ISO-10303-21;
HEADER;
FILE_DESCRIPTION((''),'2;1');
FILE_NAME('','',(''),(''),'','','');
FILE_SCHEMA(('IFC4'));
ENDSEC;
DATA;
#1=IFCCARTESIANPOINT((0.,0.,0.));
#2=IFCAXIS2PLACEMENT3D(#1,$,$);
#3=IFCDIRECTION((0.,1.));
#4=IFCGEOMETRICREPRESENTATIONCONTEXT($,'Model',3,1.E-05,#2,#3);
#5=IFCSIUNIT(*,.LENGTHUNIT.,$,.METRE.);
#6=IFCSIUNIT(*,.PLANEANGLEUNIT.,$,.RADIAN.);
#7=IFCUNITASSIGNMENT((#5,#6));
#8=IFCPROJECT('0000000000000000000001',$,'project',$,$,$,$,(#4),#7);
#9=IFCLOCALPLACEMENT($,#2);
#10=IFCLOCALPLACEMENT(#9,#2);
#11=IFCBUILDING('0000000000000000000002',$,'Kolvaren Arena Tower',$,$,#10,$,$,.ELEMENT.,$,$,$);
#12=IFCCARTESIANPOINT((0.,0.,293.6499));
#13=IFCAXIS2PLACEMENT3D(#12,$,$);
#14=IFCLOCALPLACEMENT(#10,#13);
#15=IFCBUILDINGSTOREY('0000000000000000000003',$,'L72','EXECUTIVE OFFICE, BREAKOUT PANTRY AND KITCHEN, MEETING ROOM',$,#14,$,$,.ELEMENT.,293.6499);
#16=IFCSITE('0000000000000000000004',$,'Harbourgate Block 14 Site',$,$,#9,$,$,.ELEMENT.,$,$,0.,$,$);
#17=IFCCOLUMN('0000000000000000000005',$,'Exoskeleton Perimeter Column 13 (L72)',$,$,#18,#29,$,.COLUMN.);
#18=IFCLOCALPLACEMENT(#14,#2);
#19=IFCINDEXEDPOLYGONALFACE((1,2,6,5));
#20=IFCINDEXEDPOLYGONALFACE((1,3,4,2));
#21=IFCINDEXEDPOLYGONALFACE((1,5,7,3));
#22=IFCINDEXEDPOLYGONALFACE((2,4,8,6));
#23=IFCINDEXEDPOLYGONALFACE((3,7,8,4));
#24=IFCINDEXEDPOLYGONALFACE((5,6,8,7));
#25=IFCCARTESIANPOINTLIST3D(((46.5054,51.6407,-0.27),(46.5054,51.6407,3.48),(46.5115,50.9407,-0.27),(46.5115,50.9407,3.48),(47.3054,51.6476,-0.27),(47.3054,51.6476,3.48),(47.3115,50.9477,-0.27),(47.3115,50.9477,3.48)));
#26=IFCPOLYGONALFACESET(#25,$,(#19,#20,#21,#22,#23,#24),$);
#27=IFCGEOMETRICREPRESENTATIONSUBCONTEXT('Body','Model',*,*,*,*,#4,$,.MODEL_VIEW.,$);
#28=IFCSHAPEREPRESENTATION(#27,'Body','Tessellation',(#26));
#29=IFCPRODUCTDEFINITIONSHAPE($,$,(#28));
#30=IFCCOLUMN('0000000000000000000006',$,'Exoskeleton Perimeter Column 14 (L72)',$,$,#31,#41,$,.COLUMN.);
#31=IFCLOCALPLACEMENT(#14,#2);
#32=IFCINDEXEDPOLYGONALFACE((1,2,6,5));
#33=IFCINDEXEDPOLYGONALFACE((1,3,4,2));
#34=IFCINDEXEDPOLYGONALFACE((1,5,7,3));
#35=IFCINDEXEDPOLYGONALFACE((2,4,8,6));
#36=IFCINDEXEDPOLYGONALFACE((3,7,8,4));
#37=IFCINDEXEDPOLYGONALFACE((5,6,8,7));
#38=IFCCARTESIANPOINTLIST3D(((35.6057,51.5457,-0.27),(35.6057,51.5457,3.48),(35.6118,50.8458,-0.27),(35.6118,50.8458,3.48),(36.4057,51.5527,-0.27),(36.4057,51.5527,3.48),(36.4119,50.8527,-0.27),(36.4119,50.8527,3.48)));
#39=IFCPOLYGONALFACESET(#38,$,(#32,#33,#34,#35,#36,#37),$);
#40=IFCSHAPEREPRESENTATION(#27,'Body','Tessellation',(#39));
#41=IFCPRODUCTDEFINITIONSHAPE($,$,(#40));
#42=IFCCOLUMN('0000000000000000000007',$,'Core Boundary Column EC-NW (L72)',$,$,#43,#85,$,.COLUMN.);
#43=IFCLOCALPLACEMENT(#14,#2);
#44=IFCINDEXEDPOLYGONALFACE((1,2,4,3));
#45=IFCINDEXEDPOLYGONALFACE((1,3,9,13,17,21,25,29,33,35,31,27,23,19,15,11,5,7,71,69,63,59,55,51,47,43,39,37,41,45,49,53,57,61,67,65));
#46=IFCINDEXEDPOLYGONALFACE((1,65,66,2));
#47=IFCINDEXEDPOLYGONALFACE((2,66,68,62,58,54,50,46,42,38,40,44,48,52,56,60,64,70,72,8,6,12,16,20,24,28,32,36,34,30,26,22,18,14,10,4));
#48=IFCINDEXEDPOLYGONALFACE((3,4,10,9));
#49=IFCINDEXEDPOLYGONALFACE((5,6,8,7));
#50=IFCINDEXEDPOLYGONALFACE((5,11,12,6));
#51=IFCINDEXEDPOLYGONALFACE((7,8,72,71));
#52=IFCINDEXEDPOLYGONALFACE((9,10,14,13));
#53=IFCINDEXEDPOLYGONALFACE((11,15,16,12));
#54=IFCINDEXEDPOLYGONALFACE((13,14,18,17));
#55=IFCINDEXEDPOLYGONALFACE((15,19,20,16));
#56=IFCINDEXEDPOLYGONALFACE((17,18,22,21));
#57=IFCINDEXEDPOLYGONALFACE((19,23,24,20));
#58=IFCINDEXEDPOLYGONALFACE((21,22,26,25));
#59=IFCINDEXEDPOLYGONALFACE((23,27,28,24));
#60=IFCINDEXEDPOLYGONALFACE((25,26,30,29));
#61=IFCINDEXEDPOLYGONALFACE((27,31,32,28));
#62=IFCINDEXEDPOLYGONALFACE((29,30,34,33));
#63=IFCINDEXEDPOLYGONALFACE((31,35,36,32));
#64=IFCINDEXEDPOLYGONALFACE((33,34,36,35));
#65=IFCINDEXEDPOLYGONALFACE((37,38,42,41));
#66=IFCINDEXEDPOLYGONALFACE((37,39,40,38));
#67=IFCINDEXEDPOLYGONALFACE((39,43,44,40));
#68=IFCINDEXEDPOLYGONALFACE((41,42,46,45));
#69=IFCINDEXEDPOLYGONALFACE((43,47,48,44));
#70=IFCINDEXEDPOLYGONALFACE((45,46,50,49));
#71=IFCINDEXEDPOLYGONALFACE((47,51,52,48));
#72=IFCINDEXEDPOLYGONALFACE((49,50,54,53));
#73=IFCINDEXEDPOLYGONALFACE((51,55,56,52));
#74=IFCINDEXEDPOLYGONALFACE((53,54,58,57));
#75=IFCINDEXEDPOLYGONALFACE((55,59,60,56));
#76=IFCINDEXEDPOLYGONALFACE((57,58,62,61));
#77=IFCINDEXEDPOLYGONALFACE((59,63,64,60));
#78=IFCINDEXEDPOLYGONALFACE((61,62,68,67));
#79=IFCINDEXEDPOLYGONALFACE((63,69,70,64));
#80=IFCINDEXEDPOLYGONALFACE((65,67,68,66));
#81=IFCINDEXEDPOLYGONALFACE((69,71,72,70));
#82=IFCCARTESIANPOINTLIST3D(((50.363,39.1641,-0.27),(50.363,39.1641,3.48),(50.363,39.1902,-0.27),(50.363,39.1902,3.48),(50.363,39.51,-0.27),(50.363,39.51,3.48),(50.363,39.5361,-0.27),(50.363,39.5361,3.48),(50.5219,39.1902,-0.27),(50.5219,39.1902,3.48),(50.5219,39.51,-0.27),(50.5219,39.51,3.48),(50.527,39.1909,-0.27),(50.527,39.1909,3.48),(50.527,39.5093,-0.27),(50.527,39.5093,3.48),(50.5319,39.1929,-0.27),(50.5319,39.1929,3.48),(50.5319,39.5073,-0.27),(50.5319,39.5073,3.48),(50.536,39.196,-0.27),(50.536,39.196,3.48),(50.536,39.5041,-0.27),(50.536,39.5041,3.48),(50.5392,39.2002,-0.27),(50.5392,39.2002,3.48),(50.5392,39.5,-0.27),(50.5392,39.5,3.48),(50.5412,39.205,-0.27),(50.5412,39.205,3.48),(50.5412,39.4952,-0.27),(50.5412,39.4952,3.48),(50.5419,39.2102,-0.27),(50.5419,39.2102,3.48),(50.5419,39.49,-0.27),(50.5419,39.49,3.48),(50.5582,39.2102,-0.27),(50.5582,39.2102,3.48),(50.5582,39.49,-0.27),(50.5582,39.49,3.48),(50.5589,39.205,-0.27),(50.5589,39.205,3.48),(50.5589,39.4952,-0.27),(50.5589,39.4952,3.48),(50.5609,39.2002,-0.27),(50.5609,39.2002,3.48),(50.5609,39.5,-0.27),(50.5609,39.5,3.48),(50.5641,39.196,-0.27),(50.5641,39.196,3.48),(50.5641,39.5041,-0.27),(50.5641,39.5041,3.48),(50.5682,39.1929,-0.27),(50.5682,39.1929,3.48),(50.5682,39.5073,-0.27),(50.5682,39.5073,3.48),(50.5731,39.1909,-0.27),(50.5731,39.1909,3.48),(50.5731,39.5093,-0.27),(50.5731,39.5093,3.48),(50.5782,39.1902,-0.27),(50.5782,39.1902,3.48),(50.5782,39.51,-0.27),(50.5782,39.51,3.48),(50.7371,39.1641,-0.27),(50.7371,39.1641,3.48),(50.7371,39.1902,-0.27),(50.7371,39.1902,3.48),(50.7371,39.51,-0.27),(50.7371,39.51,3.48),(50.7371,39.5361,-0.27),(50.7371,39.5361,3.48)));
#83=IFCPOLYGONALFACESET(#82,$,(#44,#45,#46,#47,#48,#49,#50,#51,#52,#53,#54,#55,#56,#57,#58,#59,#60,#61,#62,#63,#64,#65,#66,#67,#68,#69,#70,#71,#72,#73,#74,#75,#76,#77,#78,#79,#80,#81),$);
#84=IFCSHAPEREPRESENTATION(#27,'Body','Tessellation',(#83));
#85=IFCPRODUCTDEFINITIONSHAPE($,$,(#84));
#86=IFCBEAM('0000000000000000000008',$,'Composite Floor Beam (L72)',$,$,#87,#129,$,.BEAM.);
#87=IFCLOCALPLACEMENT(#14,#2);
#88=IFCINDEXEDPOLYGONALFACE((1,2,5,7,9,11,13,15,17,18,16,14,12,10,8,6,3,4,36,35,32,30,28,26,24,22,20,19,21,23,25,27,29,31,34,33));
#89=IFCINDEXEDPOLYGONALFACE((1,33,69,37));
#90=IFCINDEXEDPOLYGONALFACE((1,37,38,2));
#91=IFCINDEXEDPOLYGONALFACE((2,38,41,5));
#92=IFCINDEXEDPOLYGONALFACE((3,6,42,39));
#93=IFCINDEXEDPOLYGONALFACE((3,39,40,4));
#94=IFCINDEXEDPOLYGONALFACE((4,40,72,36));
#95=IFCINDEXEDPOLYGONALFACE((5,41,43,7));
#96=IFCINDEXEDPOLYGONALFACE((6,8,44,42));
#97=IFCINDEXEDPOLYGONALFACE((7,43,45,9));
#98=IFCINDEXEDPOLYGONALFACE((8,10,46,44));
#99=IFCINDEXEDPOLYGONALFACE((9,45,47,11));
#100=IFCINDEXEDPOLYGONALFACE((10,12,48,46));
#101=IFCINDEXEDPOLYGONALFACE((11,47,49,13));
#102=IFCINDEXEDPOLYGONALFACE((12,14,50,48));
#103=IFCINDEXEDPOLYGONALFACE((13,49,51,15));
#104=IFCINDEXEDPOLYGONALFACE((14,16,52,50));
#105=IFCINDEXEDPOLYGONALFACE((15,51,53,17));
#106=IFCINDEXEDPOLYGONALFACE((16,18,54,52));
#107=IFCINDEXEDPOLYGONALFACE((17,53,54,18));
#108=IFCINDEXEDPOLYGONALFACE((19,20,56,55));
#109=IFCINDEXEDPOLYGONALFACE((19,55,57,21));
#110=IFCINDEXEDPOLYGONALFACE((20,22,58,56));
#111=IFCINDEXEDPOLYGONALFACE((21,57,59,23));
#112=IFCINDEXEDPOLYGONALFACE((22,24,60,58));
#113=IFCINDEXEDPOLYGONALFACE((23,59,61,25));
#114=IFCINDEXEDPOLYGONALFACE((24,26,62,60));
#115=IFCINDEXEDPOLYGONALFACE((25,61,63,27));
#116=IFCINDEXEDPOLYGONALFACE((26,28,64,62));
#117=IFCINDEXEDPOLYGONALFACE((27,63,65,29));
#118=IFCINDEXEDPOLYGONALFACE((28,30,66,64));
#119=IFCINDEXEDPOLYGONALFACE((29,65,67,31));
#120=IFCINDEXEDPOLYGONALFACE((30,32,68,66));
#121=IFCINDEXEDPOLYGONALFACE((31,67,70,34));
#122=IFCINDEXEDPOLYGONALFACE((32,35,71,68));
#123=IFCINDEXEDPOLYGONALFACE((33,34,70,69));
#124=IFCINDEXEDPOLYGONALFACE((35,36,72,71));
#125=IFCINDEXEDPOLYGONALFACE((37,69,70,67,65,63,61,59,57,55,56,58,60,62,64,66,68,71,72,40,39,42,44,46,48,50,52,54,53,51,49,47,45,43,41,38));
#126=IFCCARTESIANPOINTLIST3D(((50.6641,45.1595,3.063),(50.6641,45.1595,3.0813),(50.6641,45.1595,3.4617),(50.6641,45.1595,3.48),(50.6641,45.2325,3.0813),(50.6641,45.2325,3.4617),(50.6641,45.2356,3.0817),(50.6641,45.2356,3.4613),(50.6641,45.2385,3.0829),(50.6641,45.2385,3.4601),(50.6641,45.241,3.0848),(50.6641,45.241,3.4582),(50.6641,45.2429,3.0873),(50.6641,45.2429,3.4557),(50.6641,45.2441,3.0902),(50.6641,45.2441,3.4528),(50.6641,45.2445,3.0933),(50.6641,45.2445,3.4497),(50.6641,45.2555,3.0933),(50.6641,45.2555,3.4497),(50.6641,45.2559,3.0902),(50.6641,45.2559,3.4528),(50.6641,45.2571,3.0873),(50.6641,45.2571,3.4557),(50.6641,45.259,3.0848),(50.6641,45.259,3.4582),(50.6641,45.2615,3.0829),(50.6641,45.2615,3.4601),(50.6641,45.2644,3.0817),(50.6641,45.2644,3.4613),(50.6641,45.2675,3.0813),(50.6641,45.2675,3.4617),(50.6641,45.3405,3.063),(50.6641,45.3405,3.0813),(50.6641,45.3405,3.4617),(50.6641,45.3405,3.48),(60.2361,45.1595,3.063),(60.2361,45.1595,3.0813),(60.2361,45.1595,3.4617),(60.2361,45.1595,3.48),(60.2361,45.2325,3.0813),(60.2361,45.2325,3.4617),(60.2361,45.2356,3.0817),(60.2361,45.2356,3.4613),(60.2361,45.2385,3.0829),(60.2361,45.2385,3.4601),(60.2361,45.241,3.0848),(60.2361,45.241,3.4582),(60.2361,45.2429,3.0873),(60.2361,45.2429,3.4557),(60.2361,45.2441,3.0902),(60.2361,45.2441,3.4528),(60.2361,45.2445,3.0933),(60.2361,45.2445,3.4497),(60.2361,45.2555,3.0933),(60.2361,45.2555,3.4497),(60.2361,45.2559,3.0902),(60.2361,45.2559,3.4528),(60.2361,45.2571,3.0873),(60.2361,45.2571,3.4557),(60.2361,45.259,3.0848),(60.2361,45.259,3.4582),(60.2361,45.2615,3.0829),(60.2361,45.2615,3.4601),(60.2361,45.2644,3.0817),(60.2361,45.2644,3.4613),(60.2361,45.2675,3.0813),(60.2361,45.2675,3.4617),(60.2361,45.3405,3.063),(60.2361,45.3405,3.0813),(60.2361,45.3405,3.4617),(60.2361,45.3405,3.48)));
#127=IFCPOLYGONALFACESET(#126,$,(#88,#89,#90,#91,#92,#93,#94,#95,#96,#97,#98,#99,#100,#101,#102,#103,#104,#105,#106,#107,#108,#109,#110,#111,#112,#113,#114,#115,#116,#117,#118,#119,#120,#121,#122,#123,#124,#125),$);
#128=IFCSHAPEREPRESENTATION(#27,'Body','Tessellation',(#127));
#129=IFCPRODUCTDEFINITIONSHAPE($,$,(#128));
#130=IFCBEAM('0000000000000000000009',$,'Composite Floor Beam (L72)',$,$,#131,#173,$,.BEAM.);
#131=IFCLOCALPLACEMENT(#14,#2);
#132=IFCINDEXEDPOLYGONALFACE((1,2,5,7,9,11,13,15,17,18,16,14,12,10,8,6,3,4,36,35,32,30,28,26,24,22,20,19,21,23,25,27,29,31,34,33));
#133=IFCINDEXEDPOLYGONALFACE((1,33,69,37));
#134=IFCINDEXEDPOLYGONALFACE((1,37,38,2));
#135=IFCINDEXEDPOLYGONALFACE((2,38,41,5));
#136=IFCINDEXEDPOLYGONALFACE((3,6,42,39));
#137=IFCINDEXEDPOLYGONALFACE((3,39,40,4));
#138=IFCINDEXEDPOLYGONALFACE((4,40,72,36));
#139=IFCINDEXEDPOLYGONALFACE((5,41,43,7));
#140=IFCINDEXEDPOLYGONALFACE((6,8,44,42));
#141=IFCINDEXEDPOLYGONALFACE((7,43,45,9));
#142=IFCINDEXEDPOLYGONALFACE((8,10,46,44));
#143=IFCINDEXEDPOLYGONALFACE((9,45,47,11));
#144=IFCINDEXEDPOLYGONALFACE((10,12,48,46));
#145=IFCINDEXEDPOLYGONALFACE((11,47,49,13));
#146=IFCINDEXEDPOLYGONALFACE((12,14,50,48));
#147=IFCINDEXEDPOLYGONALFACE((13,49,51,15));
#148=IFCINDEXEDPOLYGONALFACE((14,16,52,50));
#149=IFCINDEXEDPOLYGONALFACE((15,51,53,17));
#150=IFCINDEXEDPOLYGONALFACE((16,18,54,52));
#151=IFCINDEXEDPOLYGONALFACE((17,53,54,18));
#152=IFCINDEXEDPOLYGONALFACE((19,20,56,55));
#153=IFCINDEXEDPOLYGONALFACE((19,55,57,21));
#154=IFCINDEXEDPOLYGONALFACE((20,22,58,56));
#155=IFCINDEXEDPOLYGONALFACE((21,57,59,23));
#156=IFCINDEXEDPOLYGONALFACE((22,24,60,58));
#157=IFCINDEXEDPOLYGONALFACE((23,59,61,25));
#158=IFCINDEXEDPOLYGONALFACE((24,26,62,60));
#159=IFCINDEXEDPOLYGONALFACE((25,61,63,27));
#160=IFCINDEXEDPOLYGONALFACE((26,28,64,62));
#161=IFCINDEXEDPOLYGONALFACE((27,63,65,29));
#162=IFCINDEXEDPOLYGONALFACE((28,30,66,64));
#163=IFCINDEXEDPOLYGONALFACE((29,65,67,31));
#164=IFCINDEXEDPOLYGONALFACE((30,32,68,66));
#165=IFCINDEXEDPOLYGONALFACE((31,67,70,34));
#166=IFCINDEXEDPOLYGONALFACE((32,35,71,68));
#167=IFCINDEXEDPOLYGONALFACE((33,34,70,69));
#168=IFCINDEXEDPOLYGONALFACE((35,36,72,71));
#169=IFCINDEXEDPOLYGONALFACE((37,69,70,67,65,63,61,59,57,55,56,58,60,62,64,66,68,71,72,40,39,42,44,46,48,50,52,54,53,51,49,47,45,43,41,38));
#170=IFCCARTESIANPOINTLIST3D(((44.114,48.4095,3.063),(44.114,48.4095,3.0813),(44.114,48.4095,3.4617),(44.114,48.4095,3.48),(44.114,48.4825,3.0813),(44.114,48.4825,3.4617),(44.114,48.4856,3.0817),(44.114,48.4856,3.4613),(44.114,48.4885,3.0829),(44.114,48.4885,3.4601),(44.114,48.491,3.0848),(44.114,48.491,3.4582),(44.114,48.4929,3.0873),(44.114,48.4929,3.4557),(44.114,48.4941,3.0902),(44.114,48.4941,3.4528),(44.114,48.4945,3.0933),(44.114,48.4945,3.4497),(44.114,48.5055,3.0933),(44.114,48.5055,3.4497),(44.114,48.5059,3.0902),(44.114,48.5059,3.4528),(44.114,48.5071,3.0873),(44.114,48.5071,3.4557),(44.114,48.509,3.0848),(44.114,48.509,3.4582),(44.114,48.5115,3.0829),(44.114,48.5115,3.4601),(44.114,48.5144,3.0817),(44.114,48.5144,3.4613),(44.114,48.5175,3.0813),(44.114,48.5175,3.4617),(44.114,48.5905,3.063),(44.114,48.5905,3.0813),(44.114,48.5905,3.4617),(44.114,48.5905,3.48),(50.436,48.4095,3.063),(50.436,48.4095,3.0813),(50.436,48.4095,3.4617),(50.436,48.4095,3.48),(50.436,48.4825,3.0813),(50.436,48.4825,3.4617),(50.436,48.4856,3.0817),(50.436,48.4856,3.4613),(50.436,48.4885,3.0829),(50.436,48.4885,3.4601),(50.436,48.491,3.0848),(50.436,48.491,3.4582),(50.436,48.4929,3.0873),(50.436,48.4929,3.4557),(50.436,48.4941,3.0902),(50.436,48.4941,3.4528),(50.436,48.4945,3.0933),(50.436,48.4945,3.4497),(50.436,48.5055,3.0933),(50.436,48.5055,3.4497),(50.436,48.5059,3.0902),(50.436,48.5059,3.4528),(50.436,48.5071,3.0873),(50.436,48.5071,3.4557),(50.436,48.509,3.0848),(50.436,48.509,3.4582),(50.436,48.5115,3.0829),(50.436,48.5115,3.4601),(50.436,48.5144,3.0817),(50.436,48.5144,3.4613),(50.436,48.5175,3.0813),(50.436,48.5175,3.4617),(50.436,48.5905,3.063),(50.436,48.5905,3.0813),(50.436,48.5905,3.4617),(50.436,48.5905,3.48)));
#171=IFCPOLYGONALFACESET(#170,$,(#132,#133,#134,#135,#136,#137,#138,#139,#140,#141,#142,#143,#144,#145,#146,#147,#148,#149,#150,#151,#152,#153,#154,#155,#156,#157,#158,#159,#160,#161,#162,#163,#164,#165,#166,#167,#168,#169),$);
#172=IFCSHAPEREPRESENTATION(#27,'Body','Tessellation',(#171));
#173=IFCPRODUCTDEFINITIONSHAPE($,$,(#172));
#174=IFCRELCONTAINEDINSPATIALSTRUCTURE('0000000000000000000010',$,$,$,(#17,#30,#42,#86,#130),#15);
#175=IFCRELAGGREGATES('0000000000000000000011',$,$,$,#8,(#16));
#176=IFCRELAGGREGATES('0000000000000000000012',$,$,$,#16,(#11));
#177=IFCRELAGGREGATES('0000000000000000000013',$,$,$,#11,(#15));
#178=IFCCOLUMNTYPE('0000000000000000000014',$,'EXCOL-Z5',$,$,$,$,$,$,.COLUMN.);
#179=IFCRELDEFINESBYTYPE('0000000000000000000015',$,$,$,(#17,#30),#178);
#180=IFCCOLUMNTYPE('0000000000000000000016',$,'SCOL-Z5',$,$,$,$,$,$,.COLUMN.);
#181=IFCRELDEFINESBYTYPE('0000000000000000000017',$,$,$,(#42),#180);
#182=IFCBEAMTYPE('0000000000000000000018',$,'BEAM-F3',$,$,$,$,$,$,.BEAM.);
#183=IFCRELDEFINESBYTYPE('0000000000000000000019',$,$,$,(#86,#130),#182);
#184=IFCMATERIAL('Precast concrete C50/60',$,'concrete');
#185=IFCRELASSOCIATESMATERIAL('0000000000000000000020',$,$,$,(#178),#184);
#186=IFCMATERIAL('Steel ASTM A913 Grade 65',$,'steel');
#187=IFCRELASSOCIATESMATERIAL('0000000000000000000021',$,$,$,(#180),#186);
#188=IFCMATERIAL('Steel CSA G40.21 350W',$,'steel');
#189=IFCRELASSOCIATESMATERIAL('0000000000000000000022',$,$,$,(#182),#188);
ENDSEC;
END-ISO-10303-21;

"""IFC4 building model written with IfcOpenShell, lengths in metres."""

from ifc_helpers import new_model, si_unit, direction, frame, origin, origin_2d, place, context, subcontext, project, spatial, rectangle, i_section, extrude, material, material_profile, profile_set, type_object, element, save


model = new_model("IFC4")

# Units and contexts
model_context = context("Model", 3, precision=1e-05, world=origin(), true_north=direction((0.0, 1.0)))
body_context = subcontext(model_context, "Body", "Model", "MODEL_VIEW")
ifc_project = project(units=[si_unit("LENGTHUNIT", "METRE"), si_unit("PLANEANGLEUNIT", "RADIAN")], contexts=[model_context])

# Site, building, storey
site_placement = place(None, origin())
site = spatial("IfcSite", under=ifc_project, at=site_placement, Name="Harbourgate Block 14 Site", CompositionType="ELEMENT", RefElevation=0.0)
building_placement = place(site_placement, origin())
building = spatial("IfcBuilding", under=site, at=building_placement, Name="Kolvaren Arena Tower", CompositionType="ELEMENT")
storey_placement = place(building_placement, frame((0.0, 0.0, 293.6499)))
storey = spatial("IfcBuildingStorey", under=building, at=storey_placement, Name="L72", Description="EXECUTIVE OFFICE, BREAKOUT PANTRY AND KITCHEN, MEETING ROOM", CompositionType="ELEMENT", Elevation=293.6499)

# Columns
ifc_material_1 = material(Name="Precast concrete C50/60", Category="concrete")
ifc_material_profile_1 = material_profile(ifc_material_1, rectangle(XDim=0.8, YDim=0.7, at=origin_2d()), Name="RC-800x700")
ifc_profile_set_1 = profile_set([ifc_material_profile_1], Name="Precast concrete C50/60")
column_type_1 = type_object("IfcColumnType", Name="EXCOL-Z5", PredefinedType="COLUMN", material=ifc_profile_set_1)
for number, where, z_axis, x_axis, name in (
    (1, (46.9084, 51.2942, -0.27), (0.0, 0.0, 1.0), (0.999962, 0.008727, 0.0), "Exoskeleton Perimeter Column 13 (L72)"),
    (2, (36.0088, 51.1992, -0.27), (0.0, 0.0, 1.0), (0.999962, 0.008727, 0.0), "Exoskeleton Perimeter Column 14 (L72)"),
):
    element("IfcColumn", number, at=place(storey_placement, frame(where, z_axis=z_axis, x_axis=x_axis)), inside=storey, type_object=column_type_1, Name=name, PredefinedType="COLUMN", context=body_context, shape_type="SweptSolid", body=[
        extrude(rectangle(XDim=0.8, YDim=0.7, at=origin_2d()), origin(), (0.0, 0.0, 1.0), 3.75),
    ])
ifc_material_2 = material(Name="Steel ASTM A913 Grade 65", Category="steel")
ifc_material_profile_2 = material_profile(ifc_material_2, i_section(OverallWidth=0.374, OverallDepth=0.3721, WebThickness=0.0164, FlangeThickness=0.0261, FilletRadius=0.02, at=origin_2d()), Name="W360x196")
ifc_profile_set_2 = profile_set([ifc_material_profile_2], Name="Steel ASTM A913 Grade 65")
column_type_2 = type_object("IfcColumnType", Name="SCOL-Z5", PredefinedType="COLUMN", material=ifc_profile_set_2)
column_placement = place(storey_placement, frame((50.55, 39.3501, -0.27), z_axis=(0.0, 0.0, 1.0), x_axis=(1.0, 0.0, 0.0)))
element("IfcColumn", 3, at=column_placement, inside=storey, type_object=column_type_2, Name="Core Boundary Column EC-NW (L72)", PredefinedType="COLUMN", context=body_context, shape_type="SweptSolid", body=[
    extrude(i_section(OverallWidth=0.374, OverallDepth=0.3721, WebThickness=0.0164, FlangeThickness=0.0261, FilletRadius=0.02, at=origin_2d()), origin(), (0.0, 0.0, 1.0), 3.75),
])

# Beams
ifc_material_3 = material(Name="Steel CSA G40.21 350W", Category="steel")
ifc_material_profile_3 = material_profile(ifc_material_3, i_section(OverallWidth=0.1809, OverallDepth=0.417, WebThickness=0.011, FlangeThickness=0.0183, FilletRadius=0.012, at=origin_2d()), Name="W410x85")
ifc_profile_set_3 = profile_set([ifc_material_profile_3], Name="Steel CSA G40.21 350W")
beam_type_1 = type_object("IfcBeamType", Name="BEAM-F3", PredefinedType="BEAM", material=ifc_profile_set_3)
beam_1_placement = place(storey_placement, frame((50.6641, 45.25, 3.2715), z_axis=(1.0, 0.0, 0.0), x_axis=(0.0, 1.0, 0.0)))
element("IfcBeam", 4, at=beam_1_placement, inside=storey, type_object=beam_type_1, Name="Composite Floor Beam (L72)", PredefinedType="BEAM", context=body_context, shape_type="SweptSolid", body=[
    extrude(i_section(OverallWidth=0.1809, OverallDepth=0.417, WebThickness=0.011, FlangeThickness=0.0183, FilletRadius=0.012, at=origin_2d()), origin(), (0.0, 0.0, 1.0), 9.572),
])
beam_2_placement = place(storey_placement, frame((44.114, 48.5, 3.2715), z_axis=(1.0, 0.0, 0.0), x_axis=(0.0, 1.0, 0.0)))
element("IfcBeam", 5, at=beam_2_placement, inside=storey, type_object=beam_type_1, Name="Composite Floor Beam (L72)", PredefinedType="BEAM", context=body_context, shape_type="SweptSolid", body=[
    extrude(i_section(OverallWidth=0.1809, OverallDepth=0.417, WebThickness=0.011, FlangeThickness=0.0183, FilletRadius=0.012, at=origin_2d()), origin(), (0.0, 0.0, 1.0), 6.322),
])

save(model, "model.ifc")
